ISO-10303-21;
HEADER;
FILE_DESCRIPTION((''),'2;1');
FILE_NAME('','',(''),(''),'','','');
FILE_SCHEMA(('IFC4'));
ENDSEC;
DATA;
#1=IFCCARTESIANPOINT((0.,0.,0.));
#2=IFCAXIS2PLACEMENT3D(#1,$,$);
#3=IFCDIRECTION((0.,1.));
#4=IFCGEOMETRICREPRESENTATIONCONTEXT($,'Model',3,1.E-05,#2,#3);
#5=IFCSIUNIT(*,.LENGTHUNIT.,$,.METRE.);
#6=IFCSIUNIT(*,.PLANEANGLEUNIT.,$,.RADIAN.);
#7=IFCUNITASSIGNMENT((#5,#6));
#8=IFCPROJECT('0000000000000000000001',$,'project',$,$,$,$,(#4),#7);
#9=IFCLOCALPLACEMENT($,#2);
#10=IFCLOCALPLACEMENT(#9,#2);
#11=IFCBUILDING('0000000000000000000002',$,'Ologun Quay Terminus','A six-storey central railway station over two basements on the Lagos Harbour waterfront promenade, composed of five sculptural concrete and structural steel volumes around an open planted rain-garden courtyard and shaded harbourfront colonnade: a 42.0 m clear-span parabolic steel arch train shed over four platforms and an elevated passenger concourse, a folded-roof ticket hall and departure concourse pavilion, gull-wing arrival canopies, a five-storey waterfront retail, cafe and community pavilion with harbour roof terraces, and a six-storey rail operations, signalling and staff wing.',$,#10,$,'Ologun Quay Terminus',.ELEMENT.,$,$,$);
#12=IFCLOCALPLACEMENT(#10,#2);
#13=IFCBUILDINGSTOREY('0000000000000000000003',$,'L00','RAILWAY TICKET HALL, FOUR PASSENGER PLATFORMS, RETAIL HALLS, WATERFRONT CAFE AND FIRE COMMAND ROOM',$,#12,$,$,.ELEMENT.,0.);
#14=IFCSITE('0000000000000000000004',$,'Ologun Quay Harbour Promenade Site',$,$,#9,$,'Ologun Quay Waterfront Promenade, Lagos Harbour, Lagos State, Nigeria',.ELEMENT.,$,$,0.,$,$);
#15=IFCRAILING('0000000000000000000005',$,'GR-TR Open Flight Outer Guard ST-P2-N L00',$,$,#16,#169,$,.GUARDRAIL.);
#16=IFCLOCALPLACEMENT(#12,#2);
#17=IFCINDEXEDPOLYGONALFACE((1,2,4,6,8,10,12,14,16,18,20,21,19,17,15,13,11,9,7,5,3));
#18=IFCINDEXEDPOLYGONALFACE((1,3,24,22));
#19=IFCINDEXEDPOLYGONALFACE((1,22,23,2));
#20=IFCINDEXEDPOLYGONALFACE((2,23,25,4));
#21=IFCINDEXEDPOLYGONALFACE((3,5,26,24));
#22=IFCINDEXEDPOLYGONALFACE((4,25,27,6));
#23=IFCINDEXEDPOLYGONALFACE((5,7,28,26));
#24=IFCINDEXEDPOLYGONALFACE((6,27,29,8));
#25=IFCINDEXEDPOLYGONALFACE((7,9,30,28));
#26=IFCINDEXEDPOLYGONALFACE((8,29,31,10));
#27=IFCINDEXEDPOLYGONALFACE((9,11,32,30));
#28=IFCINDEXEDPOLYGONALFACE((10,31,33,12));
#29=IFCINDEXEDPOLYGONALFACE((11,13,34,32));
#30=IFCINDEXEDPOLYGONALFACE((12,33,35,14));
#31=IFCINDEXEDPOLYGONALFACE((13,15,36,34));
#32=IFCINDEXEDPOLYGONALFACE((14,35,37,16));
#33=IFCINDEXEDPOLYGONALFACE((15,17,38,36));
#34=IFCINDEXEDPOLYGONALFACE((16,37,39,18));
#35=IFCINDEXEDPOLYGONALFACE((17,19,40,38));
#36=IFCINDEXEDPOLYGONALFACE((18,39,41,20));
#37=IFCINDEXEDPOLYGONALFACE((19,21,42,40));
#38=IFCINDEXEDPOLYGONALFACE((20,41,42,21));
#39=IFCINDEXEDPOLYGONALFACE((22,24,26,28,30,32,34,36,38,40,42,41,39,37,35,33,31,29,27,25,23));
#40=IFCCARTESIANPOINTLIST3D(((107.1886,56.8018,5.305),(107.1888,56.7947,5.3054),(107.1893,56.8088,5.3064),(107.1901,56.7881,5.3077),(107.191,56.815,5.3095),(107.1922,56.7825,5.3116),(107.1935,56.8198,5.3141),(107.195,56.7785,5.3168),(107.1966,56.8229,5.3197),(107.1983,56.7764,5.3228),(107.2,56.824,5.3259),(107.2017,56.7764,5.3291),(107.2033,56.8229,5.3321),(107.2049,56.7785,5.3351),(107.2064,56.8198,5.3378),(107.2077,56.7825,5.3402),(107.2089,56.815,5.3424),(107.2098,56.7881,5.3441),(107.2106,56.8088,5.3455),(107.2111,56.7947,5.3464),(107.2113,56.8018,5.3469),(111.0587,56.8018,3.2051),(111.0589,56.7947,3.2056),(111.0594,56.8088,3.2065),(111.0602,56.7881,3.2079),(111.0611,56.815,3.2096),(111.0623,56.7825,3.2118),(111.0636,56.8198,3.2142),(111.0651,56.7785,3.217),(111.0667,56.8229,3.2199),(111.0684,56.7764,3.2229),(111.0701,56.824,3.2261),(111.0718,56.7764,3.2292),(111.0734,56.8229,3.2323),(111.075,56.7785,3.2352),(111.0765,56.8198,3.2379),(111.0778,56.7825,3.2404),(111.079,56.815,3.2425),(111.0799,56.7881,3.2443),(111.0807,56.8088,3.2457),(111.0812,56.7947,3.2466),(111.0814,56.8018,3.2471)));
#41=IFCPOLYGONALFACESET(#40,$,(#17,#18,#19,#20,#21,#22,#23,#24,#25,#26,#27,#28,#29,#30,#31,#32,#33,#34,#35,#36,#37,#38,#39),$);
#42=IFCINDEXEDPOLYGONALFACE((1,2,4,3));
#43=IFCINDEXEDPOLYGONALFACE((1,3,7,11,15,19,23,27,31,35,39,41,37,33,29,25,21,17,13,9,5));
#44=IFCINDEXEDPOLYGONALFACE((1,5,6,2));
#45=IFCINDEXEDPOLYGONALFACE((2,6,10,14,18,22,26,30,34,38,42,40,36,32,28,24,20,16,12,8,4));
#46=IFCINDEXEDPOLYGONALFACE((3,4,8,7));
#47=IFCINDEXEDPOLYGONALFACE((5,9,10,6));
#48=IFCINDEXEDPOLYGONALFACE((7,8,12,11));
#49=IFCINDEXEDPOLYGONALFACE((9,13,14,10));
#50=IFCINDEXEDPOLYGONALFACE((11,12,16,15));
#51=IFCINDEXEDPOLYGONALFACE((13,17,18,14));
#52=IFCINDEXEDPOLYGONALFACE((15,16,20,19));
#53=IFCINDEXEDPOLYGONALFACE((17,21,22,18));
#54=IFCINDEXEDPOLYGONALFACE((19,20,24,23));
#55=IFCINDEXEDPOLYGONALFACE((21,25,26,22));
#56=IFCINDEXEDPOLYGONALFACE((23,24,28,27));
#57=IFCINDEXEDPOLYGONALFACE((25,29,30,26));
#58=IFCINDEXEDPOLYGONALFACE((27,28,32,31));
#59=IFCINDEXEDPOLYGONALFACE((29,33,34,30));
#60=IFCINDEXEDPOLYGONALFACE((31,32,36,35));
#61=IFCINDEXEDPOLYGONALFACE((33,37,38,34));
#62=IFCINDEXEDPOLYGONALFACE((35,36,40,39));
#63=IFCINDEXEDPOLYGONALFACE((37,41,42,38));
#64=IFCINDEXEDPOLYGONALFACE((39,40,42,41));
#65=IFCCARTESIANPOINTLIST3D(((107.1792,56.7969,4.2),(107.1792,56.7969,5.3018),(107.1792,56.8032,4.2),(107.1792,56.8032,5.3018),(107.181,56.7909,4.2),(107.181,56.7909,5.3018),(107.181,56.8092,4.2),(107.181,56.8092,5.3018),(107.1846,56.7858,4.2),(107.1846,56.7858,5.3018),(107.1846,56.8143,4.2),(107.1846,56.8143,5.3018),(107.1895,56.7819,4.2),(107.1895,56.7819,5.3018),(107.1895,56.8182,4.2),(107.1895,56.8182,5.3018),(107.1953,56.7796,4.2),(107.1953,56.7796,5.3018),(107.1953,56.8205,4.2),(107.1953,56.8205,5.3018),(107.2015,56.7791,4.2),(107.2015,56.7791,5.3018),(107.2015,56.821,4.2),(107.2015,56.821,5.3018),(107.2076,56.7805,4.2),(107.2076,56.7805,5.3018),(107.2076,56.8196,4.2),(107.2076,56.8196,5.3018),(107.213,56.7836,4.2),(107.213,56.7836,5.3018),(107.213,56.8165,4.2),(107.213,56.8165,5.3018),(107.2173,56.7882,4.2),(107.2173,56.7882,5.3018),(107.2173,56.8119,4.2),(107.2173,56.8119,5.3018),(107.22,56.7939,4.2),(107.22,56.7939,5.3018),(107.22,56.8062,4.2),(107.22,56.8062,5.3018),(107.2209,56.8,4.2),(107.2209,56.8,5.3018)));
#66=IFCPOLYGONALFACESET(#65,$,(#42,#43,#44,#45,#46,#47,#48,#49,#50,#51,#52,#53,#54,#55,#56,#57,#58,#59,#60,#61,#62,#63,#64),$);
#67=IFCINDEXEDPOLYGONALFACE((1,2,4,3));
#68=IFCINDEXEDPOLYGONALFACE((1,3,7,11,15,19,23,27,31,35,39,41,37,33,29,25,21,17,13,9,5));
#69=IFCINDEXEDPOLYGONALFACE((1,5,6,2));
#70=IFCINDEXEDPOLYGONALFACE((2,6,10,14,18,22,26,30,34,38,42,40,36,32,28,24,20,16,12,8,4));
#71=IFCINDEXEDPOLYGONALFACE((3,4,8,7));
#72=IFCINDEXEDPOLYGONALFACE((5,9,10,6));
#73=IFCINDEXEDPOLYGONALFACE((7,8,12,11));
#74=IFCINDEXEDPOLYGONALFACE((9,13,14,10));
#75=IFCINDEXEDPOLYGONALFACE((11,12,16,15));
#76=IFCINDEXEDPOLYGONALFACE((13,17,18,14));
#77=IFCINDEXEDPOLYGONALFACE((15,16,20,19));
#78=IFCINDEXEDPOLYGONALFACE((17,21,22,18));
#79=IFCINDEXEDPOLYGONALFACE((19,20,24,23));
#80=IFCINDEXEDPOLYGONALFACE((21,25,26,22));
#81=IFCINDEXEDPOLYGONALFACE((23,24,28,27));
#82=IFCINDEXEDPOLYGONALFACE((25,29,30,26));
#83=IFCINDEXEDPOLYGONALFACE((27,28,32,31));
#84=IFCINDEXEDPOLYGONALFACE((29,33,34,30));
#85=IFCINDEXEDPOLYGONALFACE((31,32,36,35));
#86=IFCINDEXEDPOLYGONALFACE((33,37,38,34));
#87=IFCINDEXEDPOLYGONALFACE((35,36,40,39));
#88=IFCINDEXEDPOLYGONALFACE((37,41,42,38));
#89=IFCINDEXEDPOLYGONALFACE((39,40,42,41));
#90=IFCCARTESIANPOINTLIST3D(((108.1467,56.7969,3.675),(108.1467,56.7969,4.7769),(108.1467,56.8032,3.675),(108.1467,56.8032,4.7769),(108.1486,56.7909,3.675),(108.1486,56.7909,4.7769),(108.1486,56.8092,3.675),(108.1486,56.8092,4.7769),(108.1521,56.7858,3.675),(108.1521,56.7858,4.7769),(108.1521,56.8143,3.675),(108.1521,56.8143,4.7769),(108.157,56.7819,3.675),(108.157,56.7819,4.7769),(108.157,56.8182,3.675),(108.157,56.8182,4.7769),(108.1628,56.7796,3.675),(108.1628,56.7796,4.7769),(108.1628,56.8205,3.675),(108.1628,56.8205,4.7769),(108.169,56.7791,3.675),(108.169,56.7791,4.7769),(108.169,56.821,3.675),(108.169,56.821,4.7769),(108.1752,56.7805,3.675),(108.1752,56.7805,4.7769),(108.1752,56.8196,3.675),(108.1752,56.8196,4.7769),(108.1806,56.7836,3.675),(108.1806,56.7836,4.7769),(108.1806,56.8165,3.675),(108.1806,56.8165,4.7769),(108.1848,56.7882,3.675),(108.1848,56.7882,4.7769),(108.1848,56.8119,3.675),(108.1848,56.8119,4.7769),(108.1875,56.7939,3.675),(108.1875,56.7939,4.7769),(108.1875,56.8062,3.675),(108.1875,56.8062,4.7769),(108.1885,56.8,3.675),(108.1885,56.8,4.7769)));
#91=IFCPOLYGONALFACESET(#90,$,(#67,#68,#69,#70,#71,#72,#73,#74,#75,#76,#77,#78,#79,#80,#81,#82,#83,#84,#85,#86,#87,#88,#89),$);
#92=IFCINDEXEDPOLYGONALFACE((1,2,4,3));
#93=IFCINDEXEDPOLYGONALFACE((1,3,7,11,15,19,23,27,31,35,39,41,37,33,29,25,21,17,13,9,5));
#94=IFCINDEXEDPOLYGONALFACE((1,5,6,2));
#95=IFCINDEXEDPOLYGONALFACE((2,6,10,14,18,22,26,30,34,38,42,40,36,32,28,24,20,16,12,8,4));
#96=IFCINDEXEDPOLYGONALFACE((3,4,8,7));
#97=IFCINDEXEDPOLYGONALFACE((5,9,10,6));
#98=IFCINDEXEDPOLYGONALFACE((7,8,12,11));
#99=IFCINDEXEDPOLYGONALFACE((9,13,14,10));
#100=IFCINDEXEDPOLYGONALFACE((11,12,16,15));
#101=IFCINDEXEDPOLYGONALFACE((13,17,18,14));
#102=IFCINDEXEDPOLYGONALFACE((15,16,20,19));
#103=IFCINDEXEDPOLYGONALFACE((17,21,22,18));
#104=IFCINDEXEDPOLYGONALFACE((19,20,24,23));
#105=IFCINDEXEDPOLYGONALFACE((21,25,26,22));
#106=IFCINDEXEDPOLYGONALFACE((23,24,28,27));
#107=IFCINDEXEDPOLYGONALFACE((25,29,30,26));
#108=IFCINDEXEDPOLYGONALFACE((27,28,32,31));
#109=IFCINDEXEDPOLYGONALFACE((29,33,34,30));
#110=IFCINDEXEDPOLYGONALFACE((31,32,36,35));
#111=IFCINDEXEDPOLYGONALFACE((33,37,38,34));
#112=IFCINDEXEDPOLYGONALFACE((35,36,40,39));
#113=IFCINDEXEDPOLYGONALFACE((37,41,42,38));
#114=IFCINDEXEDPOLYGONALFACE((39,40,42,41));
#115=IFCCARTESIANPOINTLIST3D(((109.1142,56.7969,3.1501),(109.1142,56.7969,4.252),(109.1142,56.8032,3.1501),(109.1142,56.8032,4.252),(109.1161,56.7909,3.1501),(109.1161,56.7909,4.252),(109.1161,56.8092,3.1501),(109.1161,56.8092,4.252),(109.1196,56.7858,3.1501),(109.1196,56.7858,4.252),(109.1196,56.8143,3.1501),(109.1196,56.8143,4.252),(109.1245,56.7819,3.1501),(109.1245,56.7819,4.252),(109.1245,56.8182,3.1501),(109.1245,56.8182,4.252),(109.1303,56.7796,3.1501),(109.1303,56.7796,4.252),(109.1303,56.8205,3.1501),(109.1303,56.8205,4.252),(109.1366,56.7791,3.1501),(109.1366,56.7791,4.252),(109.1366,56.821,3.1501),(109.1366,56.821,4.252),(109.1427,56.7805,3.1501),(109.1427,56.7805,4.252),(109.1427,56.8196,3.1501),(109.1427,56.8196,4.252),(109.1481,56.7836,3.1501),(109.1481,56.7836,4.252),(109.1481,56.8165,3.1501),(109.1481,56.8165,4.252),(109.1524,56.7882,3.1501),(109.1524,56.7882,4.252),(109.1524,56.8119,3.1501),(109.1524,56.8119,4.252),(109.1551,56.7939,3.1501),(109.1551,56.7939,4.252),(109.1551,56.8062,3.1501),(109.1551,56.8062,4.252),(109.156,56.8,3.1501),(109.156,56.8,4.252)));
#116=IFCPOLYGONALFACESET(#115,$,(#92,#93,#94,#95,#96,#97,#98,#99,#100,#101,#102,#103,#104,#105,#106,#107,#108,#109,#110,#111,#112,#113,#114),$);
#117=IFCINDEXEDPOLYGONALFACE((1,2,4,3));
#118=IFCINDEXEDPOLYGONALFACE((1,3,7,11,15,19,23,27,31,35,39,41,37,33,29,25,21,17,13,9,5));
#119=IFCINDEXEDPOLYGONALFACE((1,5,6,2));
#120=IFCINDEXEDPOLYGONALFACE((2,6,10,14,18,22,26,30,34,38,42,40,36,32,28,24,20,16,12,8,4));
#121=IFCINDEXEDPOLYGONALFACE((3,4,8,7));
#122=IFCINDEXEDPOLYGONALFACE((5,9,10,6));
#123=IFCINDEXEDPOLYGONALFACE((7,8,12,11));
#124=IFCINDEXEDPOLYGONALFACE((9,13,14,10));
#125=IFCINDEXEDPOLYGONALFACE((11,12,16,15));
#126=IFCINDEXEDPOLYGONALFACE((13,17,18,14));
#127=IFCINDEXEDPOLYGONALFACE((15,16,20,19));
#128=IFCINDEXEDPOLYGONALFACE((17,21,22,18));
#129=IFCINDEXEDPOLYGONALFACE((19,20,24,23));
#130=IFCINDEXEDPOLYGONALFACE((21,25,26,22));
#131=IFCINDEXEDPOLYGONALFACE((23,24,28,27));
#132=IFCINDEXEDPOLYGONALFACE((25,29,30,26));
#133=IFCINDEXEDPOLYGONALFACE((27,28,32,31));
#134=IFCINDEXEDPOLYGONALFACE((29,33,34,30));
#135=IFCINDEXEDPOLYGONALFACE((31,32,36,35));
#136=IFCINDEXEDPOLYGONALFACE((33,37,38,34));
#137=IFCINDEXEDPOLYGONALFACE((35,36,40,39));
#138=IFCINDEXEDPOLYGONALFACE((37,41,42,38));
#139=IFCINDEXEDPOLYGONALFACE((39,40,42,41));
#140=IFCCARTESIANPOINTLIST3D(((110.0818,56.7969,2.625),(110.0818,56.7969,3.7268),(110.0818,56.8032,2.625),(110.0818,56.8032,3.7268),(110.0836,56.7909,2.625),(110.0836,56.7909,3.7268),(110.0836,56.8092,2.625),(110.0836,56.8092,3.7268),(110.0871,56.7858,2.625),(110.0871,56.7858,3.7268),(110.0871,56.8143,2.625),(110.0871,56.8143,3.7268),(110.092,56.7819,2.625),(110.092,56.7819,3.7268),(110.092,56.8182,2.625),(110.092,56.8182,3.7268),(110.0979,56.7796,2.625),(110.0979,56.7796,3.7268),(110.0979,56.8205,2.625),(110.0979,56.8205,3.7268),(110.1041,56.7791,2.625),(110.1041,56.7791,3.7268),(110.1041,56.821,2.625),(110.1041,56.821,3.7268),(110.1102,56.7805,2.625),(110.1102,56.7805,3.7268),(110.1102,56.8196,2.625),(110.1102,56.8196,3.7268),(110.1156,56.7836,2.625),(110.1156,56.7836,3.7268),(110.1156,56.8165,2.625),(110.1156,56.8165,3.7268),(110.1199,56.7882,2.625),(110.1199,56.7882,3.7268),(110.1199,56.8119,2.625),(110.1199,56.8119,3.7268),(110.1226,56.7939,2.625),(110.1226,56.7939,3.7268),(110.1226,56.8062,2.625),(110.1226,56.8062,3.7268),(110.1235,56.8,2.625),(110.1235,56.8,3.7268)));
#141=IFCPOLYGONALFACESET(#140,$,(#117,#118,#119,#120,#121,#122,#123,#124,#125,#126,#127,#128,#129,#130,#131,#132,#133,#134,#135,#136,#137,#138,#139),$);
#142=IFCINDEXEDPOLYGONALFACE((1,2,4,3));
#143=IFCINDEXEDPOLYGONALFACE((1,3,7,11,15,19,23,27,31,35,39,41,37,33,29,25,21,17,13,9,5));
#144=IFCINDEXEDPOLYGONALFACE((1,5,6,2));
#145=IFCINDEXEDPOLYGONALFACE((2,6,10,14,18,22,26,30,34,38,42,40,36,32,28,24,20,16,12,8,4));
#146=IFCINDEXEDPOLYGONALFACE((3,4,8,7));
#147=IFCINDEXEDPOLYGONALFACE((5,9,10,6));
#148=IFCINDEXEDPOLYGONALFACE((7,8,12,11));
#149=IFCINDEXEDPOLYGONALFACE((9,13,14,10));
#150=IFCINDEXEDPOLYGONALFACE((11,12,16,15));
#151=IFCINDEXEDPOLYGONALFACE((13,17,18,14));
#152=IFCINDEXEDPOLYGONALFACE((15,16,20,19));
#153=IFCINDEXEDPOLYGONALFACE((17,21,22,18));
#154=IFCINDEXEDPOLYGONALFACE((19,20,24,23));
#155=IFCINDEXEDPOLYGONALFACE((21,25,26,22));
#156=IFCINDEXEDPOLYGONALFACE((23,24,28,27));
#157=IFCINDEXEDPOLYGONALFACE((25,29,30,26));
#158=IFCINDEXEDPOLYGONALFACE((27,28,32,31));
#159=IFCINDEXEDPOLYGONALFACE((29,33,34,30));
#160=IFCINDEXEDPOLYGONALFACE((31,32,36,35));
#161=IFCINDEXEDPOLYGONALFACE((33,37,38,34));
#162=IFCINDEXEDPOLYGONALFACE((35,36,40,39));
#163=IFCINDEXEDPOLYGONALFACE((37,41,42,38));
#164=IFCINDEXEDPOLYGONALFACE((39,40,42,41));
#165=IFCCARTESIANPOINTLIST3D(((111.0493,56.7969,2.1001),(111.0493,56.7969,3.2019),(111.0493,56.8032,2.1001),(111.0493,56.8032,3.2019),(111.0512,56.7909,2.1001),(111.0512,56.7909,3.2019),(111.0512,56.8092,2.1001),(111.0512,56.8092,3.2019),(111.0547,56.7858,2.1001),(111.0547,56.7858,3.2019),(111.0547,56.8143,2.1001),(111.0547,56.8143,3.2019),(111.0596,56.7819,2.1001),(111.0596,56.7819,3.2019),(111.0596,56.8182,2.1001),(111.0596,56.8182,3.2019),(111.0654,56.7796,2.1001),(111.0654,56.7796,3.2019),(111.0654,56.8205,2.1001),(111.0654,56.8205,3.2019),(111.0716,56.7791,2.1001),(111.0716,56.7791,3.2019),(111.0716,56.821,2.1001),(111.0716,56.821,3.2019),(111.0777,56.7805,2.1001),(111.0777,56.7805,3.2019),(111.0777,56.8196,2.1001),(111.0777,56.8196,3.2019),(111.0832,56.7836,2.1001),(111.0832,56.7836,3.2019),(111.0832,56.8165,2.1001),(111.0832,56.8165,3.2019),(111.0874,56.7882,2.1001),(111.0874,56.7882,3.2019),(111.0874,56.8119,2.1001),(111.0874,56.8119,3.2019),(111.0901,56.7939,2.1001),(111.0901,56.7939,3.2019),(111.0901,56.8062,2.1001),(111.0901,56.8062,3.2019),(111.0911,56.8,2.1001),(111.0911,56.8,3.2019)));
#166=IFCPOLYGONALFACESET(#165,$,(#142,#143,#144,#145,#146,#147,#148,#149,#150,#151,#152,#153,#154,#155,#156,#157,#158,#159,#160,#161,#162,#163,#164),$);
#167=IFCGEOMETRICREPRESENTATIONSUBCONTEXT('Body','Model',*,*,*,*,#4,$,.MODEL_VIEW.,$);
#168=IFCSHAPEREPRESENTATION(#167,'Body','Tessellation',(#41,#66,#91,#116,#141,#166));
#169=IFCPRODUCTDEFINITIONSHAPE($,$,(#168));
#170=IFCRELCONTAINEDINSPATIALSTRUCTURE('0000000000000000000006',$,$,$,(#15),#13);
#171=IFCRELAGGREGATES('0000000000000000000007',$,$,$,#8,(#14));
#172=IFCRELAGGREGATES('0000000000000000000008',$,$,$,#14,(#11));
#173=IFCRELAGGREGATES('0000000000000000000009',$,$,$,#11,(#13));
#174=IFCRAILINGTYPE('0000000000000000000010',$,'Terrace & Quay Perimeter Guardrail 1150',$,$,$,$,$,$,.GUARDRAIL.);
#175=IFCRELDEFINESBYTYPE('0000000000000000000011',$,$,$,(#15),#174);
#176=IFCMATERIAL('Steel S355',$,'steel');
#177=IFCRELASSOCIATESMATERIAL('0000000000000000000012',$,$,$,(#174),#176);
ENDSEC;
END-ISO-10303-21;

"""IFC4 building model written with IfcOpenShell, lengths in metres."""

from ifc_helpers import new_model, si_unit, direction, frame, origin, origin_2d, place, context, subcontext, project, spatial, circle, extrude, material, type_object, element, save


model = new_model("IFC4")

# Units and contexts
model_context = context("Model", 3, precision=1e-05, world=origin(), true_north=direction((0.0, 1.0)))
body_context = subcontext(model_context, "Body", "Model", "MODEL_VIEW")
ifc_project = project(units=[si_unit("LENGTHUNIT", "METRE"), si_unit("PLANEANGLEUNIT", "RADIAN")], contexts=[model_context])

# Site, building, storey
site_placement = place(None, origin())
site = spatial("IfcSite", under=ifc_project, at=site_placement, Name="Ologun Quay Harbour Promenade Site", LongName="Ologun Quay Waterfront Promenade, Lagos Harbour, Lagos State, Nigeria", CompositionType="ELEMENT", RefElevation=0.0)
building_placement = place(site_placement, origin())
building = spatial("IfcBuilding", under=site, at=building_placement, Name="Ologun Quay Terminus", Description="A six-storey central railway station over two basements on the Lagos Harbour waterfront promenade, composed of five sculptural concrete and structural steel volumes around an open planted rain-garden courtyard and shaded harbourfront colonnade: a 42.0 m clear-span parabolic steel arch train shed over four platforms and an elevated passenger concourse, a folded-roof ticket hall and departure concourse pavilion, gull-wing arrival canopies, a five-storey waterfront retail, cafe and community pavilion with harbour roof terraces, and a six-storey rail operations, signalling and staff wing.", LongName="Ologun Quay Terminus", CompositionType="ELEMENT")
storey_placement = place(building_placement, origin())
storey = spatial("IfcBuildingStorey", under=building, at=storey_placement, Name="L00", Description="RAILWAY TICKET HALL, FOUR PASSENGER PLATFORMS, RETAIL HALLS, WATERFRONT CAFE AND FIRE COMMAND ROOM", CompositionType="ELEMENT", Elevation=0.0)

# Railing
ifc_material_1 = material(Name="Steel S355", Category="steel")
railing_type_1 = type_object("IfcRailingType", Name="Terrace & Quay Perimeter Guardrail 1150", PredefinedType="GUARDRAIL", material=ifc_material_1)
railing_1_placement = place(storey_placement, frame((107.2, 56.8, 4.2)))
element("IfcRailing", 1, at=railing_1_placement, inside=storey, type_object=railing_type_1, Name="GR-TR Open Flight Outer Guard ST-P2-N L00", PredefinedType="GUARDRAIL", context=body_context, shape_type="SweptSolid", body=[
    extrude(circle(Radius=0.0239, at=origin_2d()), frame((0.0, 0.0, 1.126), z_axis=(0.878955, 0.0, -0.476905), x_axis=(0.0, 1.0, 0.0)), (0.0, 0.0, 1.0), 4.4031),
    extrude(circle(Radius=0.021, at=origin_2d()), origin(), (0.0, 0.0, 1.0), 1.1018),
    extrude(circle(Radius=0.021, at=origin_2d()), frame((0.9675, 0.0, -0.5249)), (0.0, 0.0, 1.0), 1.1018),
    extrude(circle(Radius=0.021, at=origin_2d()), frame((1.9351, 0.0, -1.0498)), (0.0, 0.0, 1.0), 1.1018),
    extrude(circle(Radius=0.021, at=origin_2d()), frame((2.9026, 0.0, -1.575)), (0.0, 0.0, 1.0), 1.1018),
    extrude(circle(Radius=0.021, at=origin_2d()), frame((3.8701, 0.0, -2.0999)), (0.0, 0.0, 1.0), 1.1018),
])

save(model, "model.ifc")
